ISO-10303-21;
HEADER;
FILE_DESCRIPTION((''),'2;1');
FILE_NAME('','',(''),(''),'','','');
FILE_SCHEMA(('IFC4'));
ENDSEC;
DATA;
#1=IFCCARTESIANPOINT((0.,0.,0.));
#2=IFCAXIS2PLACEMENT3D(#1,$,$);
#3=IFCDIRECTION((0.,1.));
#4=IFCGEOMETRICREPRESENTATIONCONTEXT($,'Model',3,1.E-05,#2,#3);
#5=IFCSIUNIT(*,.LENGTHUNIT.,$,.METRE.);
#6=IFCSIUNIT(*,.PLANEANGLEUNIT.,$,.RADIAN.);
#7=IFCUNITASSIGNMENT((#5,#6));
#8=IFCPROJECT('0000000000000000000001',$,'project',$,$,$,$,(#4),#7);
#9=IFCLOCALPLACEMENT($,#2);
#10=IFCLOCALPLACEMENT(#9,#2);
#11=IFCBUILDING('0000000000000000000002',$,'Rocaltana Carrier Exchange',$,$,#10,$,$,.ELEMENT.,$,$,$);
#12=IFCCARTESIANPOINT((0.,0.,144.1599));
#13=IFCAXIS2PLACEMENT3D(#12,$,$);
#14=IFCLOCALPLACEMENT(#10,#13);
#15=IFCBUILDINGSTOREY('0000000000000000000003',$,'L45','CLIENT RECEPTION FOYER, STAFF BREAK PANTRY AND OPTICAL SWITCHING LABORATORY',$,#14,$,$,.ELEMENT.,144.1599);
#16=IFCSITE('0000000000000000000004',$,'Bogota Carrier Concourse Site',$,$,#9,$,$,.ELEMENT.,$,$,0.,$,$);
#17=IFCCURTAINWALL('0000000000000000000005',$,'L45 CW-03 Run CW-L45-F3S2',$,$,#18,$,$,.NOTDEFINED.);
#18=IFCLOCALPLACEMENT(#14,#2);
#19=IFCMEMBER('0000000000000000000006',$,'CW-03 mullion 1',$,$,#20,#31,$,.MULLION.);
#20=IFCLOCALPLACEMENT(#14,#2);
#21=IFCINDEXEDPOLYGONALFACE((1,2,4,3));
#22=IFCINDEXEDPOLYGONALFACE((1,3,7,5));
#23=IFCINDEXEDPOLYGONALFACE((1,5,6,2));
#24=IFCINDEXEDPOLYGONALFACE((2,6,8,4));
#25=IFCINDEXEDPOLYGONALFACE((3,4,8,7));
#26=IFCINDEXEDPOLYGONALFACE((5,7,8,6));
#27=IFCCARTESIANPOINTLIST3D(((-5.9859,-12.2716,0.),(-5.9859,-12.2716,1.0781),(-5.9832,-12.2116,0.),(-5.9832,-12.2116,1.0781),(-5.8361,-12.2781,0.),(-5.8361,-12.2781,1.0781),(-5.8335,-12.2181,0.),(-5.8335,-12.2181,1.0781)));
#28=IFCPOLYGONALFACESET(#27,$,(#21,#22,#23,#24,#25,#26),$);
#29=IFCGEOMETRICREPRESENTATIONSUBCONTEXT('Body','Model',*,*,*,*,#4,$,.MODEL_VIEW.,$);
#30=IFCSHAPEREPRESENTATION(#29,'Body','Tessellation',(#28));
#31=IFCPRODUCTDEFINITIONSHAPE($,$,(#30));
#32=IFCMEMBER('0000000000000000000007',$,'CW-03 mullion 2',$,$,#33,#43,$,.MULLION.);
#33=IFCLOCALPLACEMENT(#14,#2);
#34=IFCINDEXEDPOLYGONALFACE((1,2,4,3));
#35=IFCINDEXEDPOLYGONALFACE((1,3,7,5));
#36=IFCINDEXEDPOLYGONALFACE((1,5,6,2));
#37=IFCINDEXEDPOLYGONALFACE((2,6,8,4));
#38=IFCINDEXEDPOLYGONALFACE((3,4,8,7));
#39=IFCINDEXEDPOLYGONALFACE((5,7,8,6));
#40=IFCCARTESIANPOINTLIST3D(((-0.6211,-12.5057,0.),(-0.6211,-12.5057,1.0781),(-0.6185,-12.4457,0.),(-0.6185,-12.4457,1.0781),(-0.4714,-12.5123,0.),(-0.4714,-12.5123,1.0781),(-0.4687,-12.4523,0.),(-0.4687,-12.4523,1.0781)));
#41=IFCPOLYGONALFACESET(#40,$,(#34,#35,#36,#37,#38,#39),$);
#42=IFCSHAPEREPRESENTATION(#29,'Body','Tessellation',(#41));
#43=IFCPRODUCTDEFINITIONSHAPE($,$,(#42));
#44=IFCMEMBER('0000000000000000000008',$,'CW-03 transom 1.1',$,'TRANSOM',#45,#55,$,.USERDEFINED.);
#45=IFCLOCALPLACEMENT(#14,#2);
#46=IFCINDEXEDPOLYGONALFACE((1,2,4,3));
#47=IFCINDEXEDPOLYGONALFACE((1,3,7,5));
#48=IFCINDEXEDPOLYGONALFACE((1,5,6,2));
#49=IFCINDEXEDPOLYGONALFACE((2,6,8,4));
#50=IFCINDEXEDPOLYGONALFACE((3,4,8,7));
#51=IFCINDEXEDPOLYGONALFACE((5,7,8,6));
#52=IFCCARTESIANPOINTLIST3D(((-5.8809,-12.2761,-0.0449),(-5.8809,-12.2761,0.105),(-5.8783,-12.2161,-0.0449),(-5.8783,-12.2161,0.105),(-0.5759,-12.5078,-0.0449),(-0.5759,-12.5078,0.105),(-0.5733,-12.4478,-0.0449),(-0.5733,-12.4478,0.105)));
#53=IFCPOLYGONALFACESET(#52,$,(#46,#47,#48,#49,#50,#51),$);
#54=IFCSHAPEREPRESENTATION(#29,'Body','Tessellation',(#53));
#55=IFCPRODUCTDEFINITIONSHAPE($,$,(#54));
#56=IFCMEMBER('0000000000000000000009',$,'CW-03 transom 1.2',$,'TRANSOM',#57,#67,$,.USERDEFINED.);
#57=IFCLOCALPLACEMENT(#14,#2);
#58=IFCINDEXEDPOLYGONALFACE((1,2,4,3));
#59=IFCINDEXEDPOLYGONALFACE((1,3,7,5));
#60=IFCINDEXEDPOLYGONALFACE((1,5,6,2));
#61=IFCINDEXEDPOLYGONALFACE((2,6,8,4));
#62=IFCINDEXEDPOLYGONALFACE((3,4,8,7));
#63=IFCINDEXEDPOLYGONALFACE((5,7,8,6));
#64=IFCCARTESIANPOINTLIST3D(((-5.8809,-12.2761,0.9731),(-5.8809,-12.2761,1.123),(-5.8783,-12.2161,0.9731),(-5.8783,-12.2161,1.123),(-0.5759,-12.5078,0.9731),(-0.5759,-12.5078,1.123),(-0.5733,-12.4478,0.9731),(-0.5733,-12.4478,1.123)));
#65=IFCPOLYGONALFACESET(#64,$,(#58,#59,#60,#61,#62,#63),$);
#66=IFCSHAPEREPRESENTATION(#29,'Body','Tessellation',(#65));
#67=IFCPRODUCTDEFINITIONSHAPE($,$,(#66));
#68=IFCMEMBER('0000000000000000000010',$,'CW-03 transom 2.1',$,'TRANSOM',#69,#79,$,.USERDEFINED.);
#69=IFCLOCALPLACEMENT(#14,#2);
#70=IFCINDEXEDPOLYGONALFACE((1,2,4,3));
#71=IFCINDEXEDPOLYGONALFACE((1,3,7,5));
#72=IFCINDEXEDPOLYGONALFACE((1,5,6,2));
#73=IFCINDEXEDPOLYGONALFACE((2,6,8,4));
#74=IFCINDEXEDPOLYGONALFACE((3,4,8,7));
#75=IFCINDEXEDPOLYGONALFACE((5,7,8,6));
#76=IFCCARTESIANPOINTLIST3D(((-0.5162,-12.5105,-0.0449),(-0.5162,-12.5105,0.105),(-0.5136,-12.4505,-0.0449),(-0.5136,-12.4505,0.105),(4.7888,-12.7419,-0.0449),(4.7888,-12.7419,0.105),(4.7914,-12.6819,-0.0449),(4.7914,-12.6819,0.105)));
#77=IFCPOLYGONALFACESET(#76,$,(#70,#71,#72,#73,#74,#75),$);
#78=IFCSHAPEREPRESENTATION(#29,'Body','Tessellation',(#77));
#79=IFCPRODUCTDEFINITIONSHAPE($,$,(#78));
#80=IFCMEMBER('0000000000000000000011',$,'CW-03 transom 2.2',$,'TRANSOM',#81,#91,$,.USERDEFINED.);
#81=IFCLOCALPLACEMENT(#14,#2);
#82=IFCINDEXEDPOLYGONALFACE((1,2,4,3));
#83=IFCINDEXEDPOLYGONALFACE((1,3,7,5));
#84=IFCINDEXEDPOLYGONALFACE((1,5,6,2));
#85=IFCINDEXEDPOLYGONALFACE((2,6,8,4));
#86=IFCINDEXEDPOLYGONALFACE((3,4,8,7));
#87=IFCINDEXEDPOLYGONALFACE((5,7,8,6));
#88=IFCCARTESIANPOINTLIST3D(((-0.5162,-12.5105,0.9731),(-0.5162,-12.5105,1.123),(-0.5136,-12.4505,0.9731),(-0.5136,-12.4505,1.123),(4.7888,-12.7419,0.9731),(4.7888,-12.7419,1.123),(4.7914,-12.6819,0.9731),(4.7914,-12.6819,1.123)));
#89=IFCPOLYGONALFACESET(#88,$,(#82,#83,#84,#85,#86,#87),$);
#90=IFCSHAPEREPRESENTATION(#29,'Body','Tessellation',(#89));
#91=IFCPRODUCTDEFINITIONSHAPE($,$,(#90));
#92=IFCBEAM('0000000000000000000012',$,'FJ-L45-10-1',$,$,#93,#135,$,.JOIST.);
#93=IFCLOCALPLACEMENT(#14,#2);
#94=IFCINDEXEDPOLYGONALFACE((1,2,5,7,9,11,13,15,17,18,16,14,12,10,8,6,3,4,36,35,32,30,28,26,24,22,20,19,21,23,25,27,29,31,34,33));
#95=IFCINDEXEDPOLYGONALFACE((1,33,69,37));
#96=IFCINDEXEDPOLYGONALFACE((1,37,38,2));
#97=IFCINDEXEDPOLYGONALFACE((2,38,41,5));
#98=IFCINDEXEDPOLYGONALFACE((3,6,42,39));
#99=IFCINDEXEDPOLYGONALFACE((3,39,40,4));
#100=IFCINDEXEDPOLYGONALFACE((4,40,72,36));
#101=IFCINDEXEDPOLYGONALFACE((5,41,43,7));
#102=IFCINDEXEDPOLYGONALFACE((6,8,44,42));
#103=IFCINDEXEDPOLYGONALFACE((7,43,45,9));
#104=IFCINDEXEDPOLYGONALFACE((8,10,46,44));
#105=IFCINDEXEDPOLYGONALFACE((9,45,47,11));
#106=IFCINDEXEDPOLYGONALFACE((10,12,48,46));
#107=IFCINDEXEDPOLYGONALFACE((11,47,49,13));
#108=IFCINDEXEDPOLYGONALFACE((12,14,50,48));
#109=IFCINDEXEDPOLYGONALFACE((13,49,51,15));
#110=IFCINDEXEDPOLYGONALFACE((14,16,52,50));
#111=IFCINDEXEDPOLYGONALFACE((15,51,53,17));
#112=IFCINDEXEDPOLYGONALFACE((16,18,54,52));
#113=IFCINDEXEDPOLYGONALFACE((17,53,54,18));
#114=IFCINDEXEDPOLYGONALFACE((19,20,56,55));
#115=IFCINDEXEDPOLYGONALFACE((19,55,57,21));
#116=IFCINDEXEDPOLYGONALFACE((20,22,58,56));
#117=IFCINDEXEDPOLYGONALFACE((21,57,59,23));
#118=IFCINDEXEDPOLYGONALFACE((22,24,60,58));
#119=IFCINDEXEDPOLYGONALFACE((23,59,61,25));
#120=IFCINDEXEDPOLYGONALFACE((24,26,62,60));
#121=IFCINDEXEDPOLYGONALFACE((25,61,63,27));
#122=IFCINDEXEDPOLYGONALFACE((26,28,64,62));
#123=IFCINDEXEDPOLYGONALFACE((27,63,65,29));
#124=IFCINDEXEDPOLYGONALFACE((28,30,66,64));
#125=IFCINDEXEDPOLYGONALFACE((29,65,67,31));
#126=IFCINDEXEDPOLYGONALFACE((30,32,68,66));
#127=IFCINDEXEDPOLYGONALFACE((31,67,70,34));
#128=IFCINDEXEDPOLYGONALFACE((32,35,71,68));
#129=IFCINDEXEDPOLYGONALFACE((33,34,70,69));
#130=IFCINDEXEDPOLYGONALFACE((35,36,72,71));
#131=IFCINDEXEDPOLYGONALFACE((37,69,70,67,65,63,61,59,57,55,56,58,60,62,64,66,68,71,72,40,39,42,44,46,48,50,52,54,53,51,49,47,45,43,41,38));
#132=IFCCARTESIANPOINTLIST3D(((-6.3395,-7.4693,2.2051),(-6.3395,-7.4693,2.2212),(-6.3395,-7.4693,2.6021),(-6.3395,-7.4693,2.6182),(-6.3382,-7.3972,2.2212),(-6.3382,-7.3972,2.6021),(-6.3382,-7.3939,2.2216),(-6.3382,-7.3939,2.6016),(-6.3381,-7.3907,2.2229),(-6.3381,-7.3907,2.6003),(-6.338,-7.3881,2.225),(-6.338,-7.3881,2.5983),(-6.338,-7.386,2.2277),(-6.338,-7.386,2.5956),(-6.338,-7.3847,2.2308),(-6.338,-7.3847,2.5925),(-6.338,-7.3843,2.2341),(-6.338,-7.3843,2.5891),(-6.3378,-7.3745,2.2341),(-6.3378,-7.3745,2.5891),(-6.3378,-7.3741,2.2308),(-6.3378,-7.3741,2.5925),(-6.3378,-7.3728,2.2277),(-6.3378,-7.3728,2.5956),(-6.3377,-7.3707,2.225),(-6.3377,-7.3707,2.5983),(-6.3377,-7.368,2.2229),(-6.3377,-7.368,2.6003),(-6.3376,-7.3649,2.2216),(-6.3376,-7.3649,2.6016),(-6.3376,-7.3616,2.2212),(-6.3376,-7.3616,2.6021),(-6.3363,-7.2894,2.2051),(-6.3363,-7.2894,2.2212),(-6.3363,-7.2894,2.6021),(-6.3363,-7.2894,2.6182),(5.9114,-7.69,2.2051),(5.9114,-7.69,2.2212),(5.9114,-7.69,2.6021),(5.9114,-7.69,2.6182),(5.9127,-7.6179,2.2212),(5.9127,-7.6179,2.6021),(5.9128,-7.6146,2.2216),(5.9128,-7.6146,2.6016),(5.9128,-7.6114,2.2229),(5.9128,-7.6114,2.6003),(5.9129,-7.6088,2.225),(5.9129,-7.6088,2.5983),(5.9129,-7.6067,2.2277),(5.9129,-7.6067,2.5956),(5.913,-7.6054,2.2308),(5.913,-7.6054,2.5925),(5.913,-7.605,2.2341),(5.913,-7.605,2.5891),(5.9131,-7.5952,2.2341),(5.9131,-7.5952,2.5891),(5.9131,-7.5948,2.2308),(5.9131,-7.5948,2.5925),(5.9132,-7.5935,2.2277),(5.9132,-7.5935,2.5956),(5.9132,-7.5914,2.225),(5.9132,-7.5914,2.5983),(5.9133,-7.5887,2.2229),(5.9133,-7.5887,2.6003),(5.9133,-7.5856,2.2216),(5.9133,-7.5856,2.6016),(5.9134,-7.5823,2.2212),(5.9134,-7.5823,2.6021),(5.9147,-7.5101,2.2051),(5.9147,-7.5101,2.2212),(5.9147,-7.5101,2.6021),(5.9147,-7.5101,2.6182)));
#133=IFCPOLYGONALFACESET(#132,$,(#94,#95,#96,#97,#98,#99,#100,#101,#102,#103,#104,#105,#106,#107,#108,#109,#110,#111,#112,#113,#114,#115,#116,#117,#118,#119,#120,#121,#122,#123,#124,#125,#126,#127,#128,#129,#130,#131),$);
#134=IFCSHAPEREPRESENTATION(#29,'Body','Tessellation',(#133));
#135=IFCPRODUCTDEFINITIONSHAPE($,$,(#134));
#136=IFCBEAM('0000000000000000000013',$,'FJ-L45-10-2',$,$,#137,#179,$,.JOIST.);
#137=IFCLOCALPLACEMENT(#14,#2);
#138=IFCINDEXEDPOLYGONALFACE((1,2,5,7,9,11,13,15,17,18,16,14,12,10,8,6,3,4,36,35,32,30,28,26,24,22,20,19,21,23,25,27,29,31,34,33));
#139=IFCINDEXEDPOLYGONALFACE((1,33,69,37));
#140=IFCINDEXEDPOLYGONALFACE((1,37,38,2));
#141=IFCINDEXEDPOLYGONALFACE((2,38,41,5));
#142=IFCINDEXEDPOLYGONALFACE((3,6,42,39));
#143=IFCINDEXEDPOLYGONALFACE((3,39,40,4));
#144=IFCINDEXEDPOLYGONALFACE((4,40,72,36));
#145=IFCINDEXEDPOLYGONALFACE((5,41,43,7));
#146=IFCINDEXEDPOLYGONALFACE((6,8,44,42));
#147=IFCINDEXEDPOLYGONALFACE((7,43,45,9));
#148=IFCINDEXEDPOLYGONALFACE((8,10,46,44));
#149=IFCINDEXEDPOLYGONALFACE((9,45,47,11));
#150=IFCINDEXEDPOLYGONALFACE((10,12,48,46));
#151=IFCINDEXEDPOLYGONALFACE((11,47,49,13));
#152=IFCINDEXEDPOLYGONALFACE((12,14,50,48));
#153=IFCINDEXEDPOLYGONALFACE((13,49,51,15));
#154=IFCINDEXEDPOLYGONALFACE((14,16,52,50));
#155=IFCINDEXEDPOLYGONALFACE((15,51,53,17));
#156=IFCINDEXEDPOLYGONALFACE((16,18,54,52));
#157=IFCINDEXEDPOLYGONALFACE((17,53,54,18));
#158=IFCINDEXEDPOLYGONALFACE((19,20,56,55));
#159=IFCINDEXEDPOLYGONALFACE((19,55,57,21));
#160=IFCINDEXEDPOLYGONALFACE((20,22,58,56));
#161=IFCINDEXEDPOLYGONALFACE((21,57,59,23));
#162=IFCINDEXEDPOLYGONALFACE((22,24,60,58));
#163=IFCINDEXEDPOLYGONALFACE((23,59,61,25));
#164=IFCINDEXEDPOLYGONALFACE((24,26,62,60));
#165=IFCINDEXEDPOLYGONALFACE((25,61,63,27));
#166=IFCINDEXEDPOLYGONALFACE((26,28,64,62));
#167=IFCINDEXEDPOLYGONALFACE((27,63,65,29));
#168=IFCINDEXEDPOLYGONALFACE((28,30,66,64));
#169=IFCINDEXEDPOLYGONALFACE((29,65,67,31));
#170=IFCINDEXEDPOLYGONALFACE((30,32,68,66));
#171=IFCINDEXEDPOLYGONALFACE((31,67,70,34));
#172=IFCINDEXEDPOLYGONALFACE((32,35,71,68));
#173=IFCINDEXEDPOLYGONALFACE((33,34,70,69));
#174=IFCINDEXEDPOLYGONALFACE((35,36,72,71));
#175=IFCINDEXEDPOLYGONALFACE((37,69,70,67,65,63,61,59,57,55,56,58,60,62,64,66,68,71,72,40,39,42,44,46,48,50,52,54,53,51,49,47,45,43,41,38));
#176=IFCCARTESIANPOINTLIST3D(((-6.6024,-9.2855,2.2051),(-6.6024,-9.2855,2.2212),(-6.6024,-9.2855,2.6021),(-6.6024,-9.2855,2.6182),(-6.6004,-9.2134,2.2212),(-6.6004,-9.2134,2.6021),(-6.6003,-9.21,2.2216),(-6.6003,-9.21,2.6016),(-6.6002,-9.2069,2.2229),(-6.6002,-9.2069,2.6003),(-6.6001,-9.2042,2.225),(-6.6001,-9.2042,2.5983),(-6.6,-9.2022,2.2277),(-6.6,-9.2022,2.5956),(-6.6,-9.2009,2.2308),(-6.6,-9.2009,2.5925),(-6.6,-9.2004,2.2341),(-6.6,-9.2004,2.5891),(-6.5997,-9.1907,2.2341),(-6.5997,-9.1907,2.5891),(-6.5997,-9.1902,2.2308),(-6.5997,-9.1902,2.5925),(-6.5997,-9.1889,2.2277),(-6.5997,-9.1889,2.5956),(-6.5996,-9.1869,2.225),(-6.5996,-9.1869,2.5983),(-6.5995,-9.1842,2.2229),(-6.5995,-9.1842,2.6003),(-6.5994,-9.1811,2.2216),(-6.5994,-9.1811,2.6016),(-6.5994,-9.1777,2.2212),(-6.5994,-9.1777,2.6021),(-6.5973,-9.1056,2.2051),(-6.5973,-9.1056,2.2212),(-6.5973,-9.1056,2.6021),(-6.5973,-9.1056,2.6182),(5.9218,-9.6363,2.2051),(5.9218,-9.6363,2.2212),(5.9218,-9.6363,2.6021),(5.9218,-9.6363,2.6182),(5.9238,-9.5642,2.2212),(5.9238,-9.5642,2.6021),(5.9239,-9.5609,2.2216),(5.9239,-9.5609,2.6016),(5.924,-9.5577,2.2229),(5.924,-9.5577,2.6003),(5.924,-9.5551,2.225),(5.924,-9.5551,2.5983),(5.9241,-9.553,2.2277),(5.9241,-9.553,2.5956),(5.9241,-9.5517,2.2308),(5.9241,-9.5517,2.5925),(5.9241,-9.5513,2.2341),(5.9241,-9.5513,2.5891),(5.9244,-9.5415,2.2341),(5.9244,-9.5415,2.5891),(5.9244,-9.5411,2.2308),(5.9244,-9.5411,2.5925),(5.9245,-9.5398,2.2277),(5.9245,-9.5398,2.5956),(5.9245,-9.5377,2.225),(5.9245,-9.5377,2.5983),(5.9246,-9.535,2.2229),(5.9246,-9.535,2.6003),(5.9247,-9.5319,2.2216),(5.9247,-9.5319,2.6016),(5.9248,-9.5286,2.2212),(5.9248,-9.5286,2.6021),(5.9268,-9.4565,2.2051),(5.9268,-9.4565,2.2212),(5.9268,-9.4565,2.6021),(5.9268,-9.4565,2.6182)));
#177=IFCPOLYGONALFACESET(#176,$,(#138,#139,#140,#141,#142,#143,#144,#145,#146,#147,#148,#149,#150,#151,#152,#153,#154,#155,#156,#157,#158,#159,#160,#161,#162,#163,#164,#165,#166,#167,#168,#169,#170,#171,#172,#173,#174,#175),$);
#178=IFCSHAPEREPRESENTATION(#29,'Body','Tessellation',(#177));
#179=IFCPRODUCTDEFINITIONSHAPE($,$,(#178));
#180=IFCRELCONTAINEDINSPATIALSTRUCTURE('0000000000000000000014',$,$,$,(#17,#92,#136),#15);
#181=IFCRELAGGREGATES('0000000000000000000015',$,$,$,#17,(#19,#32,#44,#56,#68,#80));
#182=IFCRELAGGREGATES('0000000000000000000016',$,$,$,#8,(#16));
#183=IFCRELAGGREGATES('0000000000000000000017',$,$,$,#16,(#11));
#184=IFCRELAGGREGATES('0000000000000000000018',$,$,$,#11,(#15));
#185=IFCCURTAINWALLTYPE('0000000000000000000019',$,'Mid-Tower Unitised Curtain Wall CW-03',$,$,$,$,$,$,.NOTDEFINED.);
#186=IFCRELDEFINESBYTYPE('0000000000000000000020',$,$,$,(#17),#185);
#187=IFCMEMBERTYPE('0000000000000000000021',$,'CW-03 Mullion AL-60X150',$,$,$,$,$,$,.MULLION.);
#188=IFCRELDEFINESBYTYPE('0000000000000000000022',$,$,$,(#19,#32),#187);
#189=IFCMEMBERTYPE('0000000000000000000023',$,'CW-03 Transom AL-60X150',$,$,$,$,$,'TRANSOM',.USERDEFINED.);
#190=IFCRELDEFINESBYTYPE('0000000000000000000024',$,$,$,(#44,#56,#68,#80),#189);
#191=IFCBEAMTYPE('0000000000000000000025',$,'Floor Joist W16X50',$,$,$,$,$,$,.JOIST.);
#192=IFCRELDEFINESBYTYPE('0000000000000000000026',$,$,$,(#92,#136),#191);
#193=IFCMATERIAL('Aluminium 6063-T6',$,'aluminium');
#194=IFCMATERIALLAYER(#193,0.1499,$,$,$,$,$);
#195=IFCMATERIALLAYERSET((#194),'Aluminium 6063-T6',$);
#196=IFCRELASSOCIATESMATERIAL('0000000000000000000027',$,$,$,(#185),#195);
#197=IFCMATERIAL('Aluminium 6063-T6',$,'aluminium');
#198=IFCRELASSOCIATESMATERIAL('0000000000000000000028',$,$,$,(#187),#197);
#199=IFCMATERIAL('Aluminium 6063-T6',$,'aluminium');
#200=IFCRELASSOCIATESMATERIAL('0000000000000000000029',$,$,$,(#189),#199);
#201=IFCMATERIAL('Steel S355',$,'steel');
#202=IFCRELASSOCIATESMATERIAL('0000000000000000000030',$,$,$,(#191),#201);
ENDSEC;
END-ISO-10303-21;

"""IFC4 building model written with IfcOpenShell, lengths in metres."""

from ifc_helpers import new_model, si_unit, direction, frame, origin, origin_2d, place, context, subcontext, project, spatial, rectangle, i_section, extrude, material, layer, layer_set, material_profile, profile_set, type_object, element, aggregate, save


model = new_model("IFC4")

# Units and contexts
model_context = context("Model", 3, precision=1e-05, world=origin(), true_north=direction((0.0, 1.0)))
body_context = subcontext(model_context, "Body", "Model", "MODEL_VIEW")
ifc_project = project(units=[si_unit("LENGTHUNIT", "METRE"), si_unit("PLANEANGLEUNIT", "RADIAN")], contexts=[model_context])

# Site, building, storey
site_placement = place(None, origin())
site = spatial("IfcSite", under=ifc_project, at=site_placement, Name="Bogota Carrier Concourse Site", CompositionType="ELEMENT", RefElevation=0.0)
building_placement = place(site_placement, origin())
building = spatial("IfcBuilding", under=site, at=building_placement, Name="Rocaltana Carrier Exchange", CompositionType="ELEMENT")
storey_placement = place(building_placement, frame((0.0, 0.0, 144.1599)))
storey = spatial("IfcBuildingStorey", under=building, at=storey_placement, Name="L45", Description="CLIENT RECEPTION FOYER, STAFF BREAK PANTRY AND OPTICAL SWITCHING LABORATORY", CompositionType="ELEMENT", Elevation=144.1599)

# Curtain wall, members
ifc_material_1 = material(Name="Aluminium 6063-T6", Category="aluminium")
ifc_layer_1 = layer(ifc_material_1, 0.1499)
ifc_layer_set_1 = layer_set([ifc_layer_1], Name="Aluminium 6063-T6")
curtain_wall_type = type_object("IfcCurtainWallType", Name="Mid-Tower Unitised Curtain Wall CW-03", PredefinedType="NOTDEFINED", material=ifc_layer_set_1)
curtain_wall_placement = place(storey_placement, origin())
curtain_wall = element("IfcCurtainWall", 1, at=curtain_wall_placement, inside=storey, type_object=curtain_wall_type, Name="L45 CW-03 Run CW-L45-F3S2", PredefinedType="NOTDEFINED")
ifc_material_2 = material(Name="Aluminium 6063-T6", Category="aluminium")
ifc_material_profile_1 = material_profile(ifc_material_2, rectangle(XDim=0.0601, YDim=0.1499, at=origin_2d()), Name="AL-60X150")
ifc_profile_set_1 = profile_set([ifc_material_profile_1], Name="Aluminium 6063-T6")
member_type_1 = type_object("IfcMemberType", Name="CW-03 Mullion AL-60X150", PredefinedType="MULLION", material=ifc_profile_set_1)
member_1_placement = place(storey_placement, frame((-5.9097, -12.2449, 0.0), z_axis=(0.0, 0.0, 1.0), x_axis=(0.04362, 0.999048, 0.0)))
member_1 = element("IfcMember", 2, at=member_1_placement, type_object=member_type_1, Name="CW-03 mullion 1", PredefinedType="MULLION", context=body_context, shape_type="SweptSolid", body=[
    extrude(rectangle(XDim=0.0601, YDim=0.1499, at=origin_2d()), origin(), (0.0, 0.0, 1.0), 1.0781),
])
member_2_placement = place(storey_placement, frame((-0.5449, -12.479, 0.0), z_axis=(0.0, 0.0, 1.0), x_axis=(0.04362, 0.999048, 0.0)))
member_2 = element("IfcMember", 3, at=member_2_placement, type_object=member_type_1, Name="CW-03 mullion 2", PredefinedType="MULLION", context=body_context, shape_type="SweptSolid", body=[
    extrude(rectangle(XDim=0.0601, YDim=0.1499, at=origin_2d()), origin(), (0.0, 0.0, 1.0), 1.0781),
])
ifc_material_3 = material(Name="Aluminium 6063-T6", Category="aluminium")
ifc_material_profile_2 = material_profile(ifc_material_3, rectangle(XDim=0.0601, YDim=0.1499, at=origin_2d()), Name="AL-60X150")
ifc_profile_set_2 = profile_set([ifc_material_profile_2], Name="Aluminium 6063-T6")
member_type_2 = type_object("IfcMemberType", Name="CW-03 Transom AL-60X150", ElementType="TRANSOM", PredefinedType="USERDEFINED", material=ifc_profile_set_2)
member_3_placement = place(storey_placement, frame((-5.8796, -12.2461, 0.03), z_axis=(0.999048, -0.043633, 0.0), x_axis=(0.043633, 0.999048, 0.0)))
member_3 = element("IfcMember", 4, at=member_3_placement, type_object=member_type_2, Name="CW-03 transom 1.1", ObjectType="TRANSOM", PredefinedType="USERDEFINED", context=body_context, shape_type="SweptSolid", body=[
    extrude(rectangle(XDim=0.0601, YDim=0.1499, at=origin_2d()), origin(), (0.0, 0.0, 1.0), 5.3101),
])
member_4_placement = place(storey_placement, frame((-5.8796, -12.2461, 1.0481), z_axis=(0.999048, -0.043633, 0.0), x_axis=(0.043633, 0.999048, 0.0)))
member_4 = element("IfcMember", 5, at=member_4_placement, type_object=member_type_2, Name="CW-03 transom 1.2", ObjectType="TRANSOM", PredefinedType="USERDEFINED", context=body_context, shape_type="SweptSolid", body=[
    extrude(rectangle(XDim=0.0601, YDim=0.1499, at=origin_2d()), origin(), (0.0, 0.0, 1.0), 5.3101),
])
member_5_placement = place(storey_placement, frame((-0.5149, -12.4805, 0.03), z_axis=(0.99905, -0.043587, 0.0), x_axis=(0.043587, 0.99905, 0.0)))
member_5 = element("IfcMember", 6, at=member_5_placement, type_object=member_type_2, Name="CW-03 transom 2.1", ObjectType="TRANSOM", PredefinedType="USERDEFINED", context=body_context, shape_type="SweptSolid", body=[
    extrude(rectangle(XDim=0.0601, YDim=0.1499, at=origin_2d()), origin(), (0.0, 0.0, 1.0), 5.3101),
])
member_6_placement = place(storey_placement, frame((-0.5149, -12.4805, 1.0481), z_axis=(0.99905, -0.043587, 0.0), x_axis=(0.043587, 0.99905, 0.0)))
member_6 = element("IfcMember", 7, at=member_6_placement, type_object=member_type_2, Name="CW-03 transom 2.2", ObjectType="TRANSOM", PredefinedType="USERDEFINED", context=body_context, shape_type="SweptSolid", body=[
    extrude(rectangle(XDim=0.0601, YDim=0.1499, at=origin_2d()), origin(), (0.0, 0.0, 1.0), 5.3101),
])

# Beams
ifc_material_4 = material(Name="Steel S355", Category="steel")
ifc_material_profile_3 = material_profile(ifc_material_4, i_section(OverallWidth=0.1799, OverallDepth=0.4131, WebThickness=0.0098, FlangeThickness=0.0161, FilletRadius=0.0129, at=origin_2d()), Name="W16X50")
ifc_profile_set_3 = profile_set([ifc_material_profile_3], Name="Steel S355")
beam_type = type_object("IfcBeamType", Name="Floor Joist W16X50", PredefinedType="JOIST", material=ifc_profile_set_3)
beam_1_placement = place(storey_placement, frame((-6.3379, -7.3794, 2.4116), z_axis=(0.999838, -0.018012, 0.0), x_axis=(0.018012, 0.999838, 0.0)))
element("IfcBeam", 8, at=beam_1_placement, inside=storey, type_object=beam_type, Name="FJ-L45-10-1", PredefinedType="JOIST", context=body_context, shape_type="SweptSolid", body=[
    extrude(i_section(OverallWidth=0.1799, OverallDepth=0.4131, WebThickness=0.0098, FlangeThickness=0.0161, FilletRadius=0.0129, at=origin_2d()), origin(), (0.0, 0.0, 1.0), 12.2529),
])
beam_2_placement = place(storey_placement, frame((-6.5999, -9.1956, 2.4116), z_axis=(0.999608, -0.028001, 0.0), x_axis=(0.028001, 0.999608, 0.0)))
element("IfcBeam", 9, at=beam_2_placement, inside=storey, type_object=beam_type, Name="FJ-L45-10-2", PredefinedType="JOIST", context=body_context, shape_type="SweptSolid", body=[
    extrude(i_section(OverallWidth=0.1799, OverallDepth=0.4131, WebThickness=0.0098, FlangeThickness=0.0161, FilletRadius=0.0129, at=origin_2d()), origin(), (0.0, 0.0, 1.0), 12.5291),
])

aggregate(curtain_wall, [member_1, member_2, member_3, member_4, member_5, member_6])

save(model, "model.ifc")
